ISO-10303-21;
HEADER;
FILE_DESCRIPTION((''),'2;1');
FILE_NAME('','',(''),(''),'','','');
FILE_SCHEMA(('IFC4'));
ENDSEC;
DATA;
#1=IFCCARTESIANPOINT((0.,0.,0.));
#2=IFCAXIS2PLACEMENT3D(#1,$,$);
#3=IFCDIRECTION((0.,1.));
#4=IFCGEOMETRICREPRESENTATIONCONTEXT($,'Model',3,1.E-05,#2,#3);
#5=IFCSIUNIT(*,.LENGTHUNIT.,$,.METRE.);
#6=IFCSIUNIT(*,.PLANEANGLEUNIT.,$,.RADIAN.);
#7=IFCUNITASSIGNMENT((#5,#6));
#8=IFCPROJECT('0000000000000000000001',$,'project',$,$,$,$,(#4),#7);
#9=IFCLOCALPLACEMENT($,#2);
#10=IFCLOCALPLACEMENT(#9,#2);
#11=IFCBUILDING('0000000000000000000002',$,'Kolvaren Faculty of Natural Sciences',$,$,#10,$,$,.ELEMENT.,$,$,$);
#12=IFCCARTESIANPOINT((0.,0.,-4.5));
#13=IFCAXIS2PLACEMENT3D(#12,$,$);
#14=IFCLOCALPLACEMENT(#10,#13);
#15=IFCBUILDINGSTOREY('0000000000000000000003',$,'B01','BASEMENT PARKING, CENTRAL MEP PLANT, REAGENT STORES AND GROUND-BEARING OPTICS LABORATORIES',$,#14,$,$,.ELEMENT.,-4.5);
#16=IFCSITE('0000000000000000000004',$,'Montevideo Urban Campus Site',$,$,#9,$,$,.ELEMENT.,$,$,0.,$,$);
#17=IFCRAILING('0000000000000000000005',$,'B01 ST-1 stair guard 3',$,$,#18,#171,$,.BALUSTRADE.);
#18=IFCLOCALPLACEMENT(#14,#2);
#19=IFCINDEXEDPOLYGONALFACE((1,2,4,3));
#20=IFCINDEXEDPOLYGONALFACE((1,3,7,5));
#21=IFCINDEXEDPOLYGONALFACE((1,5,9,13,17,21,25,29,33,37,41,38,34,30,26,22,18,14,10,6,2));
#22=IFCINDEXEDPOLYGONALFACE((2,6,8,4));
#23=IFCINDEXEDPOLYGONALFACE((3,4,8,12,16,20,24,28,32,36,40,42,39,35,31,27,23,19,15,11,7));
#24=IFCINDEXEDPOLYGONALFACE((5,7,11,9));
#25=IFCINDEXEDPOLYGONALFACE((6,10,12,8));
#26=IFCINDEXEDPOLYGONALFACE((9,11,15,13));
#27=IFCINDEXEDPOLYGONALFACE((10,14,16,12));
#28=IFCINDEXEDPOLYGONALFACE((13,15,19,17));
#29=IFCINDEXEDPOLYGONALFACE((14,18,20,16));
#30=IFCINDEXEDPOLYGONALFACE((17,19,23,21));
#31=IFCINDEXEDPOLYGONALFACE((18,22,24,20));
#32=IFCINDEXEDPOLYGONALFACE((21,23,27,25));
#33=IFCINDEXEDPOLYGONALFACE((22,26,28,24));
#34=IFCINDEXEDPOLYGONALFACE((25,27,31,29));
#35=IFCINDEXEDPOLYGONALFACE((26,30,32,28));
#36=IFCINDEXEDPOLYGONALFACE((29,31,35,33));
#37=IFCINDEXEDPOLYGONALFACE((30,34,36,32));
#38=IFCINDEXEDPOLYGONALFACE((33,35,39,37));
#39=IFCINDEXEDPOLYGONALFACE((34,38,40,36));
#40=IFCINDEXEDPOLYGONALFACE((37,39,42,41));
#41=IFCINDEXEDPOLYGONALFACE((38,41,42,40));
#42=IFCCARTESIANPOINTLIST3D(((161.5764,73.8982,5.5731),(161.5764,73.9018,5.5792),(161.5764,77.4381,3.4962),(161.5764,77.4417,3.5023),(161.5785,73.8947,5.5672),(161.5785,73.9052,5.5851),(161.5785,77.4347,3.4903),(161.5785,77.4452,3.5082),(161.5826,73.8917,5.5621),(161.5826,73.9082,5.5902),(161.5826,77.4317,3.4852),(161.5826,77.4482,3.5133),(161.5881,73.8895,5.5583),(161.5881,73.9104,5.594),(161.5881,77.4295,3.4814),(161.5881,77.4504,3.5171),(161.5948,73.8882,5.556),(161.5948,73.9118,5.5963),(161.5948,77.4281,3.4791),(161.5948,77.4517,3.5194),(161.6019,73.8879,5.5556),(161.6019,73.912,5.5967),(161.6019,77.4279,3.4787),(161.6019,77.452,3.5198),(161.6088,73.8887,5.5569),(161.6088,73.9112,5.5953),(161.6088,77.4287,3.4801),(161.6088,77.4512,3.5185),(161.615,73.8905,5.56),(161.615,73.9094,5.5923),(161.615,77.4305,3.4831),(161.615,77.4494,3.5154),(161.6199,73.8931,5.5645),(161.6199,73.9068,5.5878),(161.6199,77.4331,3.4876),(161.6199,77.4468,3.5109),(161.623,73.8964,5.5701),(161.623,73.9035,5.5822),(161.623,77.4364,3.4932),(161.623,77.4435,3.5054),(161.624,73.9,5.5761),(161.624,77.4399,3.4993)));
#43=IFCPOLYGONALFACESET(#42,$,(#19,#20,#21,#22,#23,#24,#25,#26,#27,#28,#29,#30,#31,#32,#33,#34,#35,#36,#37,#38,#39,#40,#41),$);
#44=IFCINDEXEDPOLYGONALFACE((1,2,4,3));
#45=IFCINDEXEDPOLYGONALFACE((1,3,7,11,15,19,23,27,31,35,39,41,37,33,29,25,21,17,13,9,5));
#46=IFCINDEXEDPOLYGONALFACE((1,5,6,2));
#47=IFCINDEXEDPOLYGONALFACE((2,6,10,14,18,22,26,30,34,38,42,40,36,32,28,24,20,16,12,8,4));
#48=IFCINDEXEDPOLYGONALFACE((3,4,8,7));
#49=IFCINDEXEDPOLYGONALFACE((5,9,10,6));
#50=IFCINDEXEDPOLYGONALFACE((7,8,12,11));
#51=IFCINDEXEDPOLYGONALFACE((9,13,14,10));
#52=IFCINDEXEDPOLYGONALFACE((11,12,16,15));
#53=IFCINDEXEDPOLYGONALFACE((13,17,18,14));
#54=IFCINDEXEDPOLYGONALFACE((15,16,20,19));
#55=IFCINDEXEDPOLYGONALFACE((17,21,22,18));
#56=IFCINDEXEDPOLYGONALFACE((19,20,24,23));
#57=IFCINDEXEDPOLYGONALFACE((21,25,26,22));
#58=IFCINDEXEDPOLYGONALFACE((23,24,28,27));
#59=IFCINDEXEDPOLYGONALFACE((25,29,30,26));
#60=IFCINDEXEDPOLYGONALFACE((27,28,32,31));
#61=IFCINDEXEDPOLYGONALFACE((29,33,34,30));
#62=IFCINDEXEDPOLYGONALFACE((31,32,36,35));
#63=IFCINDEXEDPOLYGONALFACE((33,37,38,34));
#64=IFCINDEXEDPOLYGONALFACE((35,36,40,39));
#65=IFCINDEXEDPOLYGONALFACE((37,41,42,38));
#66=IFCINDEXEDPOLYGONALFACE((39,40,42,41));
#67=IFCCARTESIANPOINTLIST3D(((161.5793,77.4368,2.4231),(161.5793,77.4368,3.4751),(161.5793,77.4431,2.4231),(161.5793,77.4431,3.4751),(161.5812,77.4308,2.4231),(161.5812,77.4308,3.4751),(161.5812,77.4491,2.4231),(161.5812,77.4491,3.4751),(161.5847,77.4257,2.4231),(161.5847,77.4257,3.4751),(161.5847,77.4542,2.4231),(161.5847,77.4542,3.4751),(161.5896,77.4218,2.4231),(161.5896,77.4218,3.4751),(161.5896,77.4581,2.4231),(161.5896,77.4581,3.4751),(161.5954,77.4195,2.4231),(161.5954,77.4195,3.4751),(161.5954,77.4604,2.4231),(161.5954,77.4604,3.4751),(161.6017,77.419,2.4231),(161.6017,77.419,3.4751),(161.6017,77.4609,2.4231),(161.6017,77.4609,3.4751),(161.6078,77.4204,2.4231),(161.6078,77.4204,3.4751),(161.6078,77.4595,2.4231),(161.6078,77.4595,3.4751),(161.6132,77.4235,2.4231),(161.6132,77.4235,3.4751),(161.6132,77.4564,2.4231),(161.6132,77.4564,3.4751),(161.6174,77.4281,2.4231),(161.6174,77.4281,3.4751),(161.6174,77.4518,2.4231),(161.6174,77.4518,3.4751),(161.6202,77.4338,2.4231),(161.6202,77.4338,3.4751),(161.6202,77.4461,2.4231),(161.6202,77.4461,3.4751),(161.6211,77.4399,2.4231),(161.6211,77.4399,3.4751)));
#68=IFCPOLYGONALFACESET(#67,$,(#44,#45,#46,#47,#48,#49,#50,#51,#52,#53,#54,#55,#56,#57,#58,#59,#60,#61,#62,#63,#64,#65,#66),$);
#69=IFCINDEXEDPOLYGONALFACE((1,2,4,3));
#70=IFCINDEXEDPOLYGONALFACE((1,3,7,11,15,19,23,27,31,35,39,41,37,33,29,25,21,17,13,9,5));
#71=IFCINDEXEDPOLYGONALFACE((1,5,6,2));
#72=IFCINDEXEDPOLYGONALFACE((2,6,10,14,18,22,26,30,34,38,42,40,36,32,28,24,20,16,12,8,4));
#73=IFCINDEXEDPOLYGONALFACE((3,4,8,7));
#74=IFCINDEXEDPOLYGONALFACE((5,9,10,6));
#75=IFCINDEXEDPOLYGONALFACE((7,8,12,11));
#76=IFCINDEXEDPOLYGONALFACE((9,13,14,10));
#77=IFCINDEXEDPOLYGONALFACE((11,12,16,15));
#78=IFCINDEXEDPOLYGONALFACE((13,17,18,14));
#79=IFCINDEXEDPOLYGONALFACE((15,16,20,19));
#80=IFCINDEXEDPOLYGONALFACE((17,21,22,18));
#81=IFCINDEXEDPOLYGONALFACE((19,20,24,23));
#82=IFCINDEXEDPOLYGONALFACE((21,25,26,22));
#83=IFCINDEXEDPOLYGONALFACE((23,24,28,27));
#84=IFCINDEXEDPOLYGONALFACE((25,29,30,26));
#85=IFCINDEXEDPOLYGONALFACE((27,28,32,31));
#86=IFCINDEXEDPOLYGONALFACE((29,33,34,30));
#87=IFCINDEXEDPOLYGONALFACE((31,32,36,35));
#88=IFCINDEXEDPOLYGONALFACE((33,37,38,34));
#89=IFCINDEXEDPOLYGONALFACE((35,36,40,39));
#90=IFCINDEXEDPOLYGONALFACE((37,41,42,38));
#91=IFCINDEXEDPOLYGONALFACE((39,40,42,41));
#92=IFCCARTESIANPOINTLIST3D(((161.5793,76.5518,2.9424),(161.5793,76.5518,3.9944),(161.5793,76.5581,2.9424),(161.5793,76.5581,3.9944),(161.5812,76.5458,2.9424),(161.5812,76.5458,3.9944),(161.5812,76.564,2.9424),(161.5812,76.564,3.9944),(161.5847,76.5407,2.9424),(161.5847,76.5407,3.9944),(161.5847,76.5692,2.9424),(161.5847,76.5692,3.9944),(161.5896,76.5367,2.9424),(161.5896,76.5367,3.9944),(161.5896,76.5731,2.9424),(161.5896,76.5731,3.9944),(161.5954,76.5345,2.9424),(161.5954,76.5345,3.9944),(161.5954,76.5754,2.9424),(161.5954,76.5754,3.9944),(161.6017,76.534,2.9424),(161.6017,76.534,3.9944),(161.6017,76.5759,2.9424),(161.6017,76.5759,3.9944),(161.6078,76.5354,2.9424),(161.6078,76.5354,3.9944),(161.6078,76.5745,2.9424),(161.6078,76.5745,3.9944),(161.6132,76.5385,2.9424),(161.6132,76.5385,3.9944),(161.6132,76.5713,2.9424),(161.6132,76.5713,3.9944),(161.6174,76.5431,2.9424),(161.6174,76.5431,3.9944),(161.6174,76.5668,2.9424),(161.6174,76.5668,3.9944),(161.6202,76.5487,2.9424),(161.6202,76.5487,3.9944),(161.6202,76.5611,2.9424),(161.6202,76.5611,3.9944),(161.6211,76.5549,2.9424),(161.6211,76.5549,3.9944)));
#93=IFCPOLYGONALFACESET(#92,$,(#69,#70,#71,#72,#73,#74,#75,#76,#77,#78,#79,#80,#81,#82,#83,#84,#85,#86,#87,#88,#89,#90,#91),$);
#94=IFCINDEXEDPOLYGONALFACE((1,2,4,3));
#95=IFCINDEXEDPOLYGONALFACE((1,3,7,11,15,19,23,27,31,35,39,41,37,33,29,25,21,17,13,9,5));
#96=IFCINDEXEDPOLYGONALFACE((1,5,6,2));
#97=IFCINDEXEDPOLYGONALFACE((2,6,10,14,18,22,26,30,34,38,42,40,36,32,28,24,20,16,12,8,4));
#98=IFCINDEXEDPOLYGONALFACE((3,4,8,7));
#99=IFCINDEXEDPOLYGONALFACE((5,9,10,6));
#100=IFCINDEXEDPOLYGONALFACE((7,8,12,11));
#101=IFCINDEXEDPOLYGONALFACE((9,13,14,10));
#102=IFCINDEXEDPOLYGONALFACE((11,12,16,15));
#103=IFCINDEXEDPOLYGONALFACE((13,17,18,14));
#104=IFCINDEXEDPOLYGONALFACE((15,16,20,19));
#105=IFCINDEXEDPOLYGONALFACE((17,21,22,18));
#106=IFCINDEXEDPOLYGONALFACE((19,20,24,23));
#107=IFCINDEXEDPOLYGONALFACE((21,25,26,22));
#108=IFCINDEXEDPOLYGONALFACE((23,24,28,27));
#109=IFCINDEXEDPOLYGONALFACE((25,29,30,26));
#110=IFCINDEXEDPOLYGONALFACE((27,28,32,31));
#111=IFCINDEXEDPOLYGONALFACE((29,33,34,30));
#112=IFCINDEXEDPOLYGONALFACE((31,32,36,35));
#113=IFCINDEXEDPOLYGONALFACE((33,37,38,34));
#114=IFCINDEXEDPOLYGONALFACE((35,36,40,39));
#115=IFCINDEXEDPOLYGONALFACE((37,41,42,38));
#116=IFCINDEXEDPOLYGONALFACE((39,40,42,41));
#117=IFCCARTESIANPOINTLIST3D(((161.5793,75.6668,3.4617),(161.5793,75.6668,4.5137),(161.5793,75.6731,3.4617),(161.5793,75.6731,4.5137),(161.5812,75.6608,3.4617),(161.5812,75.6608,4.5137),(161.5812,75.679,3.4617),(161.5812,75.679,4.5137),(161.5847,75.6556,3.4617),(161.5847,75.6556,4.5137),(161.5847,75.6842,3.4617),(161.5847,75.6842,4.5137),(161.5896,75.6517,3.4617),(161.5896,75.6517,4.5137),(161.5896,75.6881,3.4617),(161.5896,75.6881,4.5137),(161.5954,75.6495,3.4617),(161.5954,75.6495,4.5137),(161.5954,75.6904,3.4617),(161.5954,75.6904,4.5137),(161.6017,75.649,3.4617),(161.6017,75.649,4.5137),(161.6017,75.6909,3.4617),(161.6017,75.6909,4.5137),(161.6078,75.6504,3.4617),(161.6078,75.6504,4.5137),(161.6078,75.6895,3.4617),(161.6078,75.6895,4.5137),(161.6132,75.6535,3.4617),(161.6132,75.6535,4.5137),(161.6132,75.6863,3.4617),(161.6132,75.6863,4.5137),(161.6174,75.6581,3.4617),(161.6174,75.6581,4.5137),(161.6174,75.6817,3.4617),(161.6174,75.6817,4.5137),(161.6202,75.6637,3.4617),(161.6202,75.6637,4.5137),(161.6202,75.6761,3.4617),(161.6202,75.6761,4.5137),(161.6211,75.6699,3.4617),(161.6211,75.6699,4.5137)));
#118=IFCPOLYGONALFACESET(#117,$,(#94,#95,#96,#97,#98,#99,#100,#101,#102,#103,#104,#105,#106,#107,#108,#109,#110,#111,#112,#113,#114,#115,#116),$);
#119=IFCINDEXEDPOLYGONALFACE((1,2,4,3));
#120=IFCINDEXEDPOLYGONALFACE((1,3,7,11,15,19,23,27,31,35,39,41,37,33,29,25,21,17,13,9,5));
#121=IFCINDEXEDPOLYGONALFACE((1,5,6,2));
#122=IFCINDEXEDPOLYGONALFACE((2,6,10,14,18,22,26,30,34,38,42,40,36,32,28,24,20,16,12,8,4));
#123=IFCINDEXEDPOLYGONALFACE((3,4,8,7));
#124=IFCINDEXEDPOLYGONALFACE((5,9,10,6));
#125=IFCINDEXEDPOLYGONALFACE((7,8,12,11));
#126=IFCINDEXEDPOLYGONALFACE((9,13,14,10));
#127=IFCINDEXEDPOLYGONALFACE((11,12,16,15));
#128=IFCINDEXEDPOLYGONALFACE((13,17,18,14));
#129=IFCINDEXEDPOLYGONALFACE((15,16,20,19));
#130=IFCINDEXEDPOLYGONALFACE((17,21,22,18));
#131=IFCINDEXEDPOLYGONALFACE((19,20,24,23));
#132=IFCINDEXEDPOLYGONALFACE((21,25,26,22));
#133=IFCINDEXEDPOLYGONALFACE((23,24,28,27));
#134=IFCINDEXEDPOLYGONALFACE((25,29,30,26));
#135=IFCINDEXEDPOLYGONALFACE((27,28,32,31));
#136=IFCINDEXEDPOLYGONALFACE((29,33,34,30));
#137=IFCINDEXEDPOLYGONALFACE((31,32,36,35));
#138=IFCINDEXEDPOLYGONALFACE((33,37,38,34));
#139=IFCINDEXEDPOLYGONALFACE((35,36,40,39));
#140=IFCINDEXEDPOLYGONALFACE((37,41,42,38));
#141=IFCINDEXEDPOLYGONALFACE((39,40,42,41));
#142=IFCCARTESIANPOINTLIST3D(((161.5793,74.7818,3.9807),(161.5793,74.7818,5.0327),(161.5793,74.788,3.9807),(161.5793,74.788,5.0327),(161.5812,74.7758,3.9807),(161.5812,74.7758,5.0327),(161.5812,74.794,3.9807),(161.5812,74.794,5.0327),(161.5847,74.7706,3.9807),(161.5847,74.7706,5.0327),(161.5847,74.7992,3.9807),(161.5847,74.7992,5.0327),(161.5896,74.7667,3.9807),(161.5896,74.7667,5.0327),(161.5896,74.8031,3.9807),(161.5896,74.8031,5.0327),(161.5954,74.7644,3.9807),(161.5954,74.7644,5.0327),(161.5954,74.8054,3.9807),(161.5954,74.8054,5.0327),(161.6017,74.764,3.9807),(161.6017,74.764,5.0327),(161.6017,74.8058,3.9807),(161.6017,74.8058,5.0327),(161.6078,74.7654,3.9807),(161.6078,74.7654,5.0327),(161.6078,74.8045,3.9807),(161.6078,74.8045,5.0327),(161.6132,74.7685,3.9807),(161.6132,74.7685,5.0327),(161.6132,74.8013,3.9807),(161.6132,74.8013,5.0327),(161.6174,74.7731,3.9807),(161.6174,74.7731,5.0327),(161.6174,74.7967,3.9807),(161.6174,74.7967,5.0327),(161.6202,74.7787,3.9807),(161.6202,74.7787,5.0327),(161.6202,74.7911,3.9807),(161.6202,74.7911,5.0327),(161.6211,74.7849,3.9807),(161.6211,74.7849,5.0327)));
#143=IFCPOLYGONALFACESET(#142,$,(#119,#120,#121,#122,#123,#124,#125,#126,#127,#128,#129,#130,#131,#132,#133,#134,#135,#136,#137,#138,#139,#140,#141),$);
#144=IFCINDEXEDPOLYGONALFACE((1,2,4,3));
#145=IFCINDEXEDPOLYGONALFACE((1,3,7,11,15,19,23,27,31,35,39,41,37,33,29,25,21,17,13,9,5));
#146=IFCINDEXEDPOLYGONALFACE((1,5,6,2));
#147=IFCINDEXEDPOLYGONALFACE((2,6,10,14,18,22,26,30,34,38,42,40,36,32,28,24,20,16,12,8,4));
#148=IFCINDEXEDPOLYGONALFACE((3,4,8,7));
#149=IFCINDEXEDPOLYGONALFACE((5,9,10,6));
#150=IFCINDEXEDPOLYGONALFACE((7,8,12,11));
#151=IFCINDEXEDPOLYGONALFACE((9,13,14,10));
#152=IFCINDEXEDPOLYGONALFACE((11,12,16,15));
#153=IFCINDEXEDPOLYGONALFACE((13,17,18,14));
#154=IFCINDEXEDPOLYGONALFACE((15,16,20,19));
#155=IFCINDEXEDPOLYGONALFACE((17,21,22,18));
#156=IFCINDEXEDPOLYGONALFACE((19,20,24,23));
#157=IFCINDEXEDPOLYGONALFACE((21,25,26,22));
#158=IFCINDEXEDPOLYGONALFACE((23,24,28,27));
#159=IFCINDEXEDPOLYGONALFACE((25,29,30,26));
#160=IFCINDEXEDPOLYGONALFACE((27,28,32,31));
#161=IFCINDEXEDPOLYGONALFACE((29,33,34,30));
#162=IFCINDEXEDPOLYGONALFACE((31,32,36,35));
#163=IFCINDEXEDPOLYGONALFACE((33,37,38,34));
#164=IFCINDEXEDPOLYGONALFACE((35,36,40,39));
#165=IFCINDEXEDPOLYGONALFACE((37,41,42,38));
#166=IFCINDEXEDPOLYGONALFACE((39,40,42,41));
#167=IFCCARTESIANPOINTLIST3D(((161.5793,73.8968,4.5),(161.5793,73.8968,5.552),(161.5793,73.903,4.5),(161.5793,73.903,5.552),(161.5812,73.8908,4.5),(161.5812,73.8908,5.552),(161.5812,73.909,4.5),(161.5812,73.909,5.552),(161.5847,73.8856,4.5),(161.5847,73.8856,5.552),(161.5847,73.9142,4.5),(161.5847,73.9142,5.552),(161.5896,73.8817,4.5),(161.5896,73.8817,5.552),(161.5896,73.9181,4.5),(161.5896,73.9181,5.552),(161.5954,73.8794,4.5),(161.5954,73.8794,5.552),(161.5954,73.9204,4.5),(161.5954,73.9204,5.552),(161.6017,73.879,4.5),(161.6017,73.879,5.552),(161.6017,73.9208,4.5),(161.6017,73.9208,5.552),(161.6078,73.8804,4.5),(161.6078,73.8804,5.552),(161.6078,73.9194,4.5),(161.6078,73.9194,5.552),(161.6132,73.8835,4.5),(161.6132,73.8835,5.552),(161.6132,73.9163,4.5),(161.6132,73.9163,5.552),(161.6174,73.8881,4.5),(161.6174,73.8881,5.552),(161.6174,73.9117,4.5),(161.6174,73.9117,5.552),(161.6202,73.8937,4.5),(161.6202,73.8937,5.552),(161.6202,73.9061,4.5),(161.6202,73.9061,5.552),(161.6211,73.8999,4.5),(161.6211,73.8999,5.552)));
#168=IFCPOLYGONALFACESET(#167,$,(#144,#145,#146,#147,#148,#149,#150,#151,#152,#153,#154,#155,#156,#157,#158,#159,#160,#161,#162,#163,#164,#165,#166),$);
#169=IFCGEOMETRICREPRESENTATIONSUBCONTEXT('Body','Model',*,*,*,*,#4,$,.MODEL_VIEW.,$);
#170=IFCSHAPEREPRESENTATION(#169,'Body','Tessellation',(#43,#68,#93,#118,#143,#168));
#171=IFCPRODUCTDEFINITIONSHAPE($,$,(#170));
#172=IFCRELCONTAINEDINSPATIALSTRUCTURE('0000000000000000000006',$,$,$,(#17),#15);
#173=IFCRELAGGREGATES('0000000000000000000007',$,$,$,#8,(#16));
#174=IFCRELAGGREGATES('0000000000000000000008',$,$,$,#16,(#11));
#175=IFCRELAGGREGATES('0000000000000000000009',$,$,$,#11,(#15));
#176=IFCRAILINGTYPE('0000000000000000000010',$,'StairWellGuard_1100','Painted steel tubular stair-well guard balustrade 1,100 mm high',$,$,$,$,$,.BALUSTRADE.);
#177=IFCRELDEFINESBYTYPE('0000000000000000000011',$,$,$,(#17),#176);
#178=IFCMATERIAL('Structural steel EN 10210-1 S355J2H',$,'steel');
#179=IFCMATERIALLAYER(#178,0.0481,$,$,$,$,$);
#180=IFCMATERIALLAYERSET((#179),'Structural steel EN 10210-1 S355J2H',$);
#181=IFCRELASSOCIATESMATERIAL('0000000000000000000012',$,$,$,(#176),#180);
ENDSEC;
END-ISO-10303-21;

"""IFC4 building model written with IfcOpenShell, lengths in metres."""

from ifc_helpers import new_model, si_unit, direction, frame, origin, origin_2d, place, context, subcontext, project, spatial, circle, extrude, material, layer, layer_set, type_object, element, save


model = new_model("IFC4")

# Units and contexts
model_context = context("Model", 3, precision=1e-05, world=origin(), true_north=direction((0.0, 1.0)))
body_context = subcontext(model_context, "Body", "Model", "MODEL_VIEW")
ifc_project = project(units=[si_unit("LENGTHUNIT", "METRE"), si_unit("PLANEANGLEUNIT", "RADIAN")], contexts=[model_context])

# Site, building, storey
site_placement = place(None, origin())
site = spatial("IfcSite", under=ifc_project, at=site_placement, Name="Montevideo Urban Campus Site", CompositionType="ELEMENT", RefElevation=0.0)
building_placement = place(site_placement, origin())
building = spatial("IfcBuilding", under=site, at=building_placement, Name="Kolvaren Faculty of Natural Sciences", CompositionType="ELEMENT")
storey_placement = place(building_placement, frame((0.0, 0.0, -4.5)))
storey = spatial("IfcBuildingStorey", under=building, at=storey_placement, Name="B01", Description="BASEMENT PARKING, CENTRAL MEP PLANT, REAGENT STORES AND GROUND-BEARING OPTICS LABORATORIES", CompositionType="ELEMENT", Elevation=-4.5)

# Railing
ifc_material_1 = material(Name="Structural steel EN 10210-1 S355J2H", Category="steel")
ifc_layer_1 = layer(ifc_material_1, 0.0481)
ifc_layer_set_1 = layer_set([ifc_layer_1], Name="Structural steel EN 10210-1 S355J2H")
railing_type_1 = type_object("IfcRailingType", Name="StairWellGuard_1100", Description="Painted steel tubular stair-well guard balustrade 1,100 mm high", PredefinedType="BALUSTRADE", material=ifc_layer_set_1)
railing_1_placement = place(storey_placement, frame((161.6001, 77.4399, 2.4231)))
element("IfcRailing", 1, at=railing_1_placement, inside=storey, type_object=railing_type_1, Name="B01 ST-1 stair guard 3", PredefinedType="BALUSTRADE", context=body_context, shape_type="SweptSolid", body=[
    extrude(circle(Radius=0.0239, at=origin_2d()), frame((0.0, 0.0, 1.0762), z_axis=(0.0, -0.862516, 0.506029), x_axis=(1.0, 0.0, 0.0)), (0.0, 0.0, 1.0), 4.1042),
    extrude(circle(Radius=0.021, at=origin_2d()), origin(), (0.0, 0.0, 1.0), 1.052),
    extrude(circle(Radius=0.021, at=origin_2d()), frame((0.0, -0.885, 0.5193)), (0.0, 0.0, 1.0), 1.052),
    extrude(circle(Radius=0.021, at=origin_2d()), frame((0.0, -1.77, 1.0386)), (0.0, 0.0, 1.0), 1.052),
    extrude(circle(Radius=0.021, at=origin_2d()), frame((0.0, -2.655, 1.5576)), (0.0, 0.0, 1.0), 1.052),
    extrude(circle(Radius=0.021, at=origin_2d()), frame((0.0, -3.54, 2.0769)), (0.0, 0.0, 1.0), 1.052),
])

save(model, "model.ifc")
